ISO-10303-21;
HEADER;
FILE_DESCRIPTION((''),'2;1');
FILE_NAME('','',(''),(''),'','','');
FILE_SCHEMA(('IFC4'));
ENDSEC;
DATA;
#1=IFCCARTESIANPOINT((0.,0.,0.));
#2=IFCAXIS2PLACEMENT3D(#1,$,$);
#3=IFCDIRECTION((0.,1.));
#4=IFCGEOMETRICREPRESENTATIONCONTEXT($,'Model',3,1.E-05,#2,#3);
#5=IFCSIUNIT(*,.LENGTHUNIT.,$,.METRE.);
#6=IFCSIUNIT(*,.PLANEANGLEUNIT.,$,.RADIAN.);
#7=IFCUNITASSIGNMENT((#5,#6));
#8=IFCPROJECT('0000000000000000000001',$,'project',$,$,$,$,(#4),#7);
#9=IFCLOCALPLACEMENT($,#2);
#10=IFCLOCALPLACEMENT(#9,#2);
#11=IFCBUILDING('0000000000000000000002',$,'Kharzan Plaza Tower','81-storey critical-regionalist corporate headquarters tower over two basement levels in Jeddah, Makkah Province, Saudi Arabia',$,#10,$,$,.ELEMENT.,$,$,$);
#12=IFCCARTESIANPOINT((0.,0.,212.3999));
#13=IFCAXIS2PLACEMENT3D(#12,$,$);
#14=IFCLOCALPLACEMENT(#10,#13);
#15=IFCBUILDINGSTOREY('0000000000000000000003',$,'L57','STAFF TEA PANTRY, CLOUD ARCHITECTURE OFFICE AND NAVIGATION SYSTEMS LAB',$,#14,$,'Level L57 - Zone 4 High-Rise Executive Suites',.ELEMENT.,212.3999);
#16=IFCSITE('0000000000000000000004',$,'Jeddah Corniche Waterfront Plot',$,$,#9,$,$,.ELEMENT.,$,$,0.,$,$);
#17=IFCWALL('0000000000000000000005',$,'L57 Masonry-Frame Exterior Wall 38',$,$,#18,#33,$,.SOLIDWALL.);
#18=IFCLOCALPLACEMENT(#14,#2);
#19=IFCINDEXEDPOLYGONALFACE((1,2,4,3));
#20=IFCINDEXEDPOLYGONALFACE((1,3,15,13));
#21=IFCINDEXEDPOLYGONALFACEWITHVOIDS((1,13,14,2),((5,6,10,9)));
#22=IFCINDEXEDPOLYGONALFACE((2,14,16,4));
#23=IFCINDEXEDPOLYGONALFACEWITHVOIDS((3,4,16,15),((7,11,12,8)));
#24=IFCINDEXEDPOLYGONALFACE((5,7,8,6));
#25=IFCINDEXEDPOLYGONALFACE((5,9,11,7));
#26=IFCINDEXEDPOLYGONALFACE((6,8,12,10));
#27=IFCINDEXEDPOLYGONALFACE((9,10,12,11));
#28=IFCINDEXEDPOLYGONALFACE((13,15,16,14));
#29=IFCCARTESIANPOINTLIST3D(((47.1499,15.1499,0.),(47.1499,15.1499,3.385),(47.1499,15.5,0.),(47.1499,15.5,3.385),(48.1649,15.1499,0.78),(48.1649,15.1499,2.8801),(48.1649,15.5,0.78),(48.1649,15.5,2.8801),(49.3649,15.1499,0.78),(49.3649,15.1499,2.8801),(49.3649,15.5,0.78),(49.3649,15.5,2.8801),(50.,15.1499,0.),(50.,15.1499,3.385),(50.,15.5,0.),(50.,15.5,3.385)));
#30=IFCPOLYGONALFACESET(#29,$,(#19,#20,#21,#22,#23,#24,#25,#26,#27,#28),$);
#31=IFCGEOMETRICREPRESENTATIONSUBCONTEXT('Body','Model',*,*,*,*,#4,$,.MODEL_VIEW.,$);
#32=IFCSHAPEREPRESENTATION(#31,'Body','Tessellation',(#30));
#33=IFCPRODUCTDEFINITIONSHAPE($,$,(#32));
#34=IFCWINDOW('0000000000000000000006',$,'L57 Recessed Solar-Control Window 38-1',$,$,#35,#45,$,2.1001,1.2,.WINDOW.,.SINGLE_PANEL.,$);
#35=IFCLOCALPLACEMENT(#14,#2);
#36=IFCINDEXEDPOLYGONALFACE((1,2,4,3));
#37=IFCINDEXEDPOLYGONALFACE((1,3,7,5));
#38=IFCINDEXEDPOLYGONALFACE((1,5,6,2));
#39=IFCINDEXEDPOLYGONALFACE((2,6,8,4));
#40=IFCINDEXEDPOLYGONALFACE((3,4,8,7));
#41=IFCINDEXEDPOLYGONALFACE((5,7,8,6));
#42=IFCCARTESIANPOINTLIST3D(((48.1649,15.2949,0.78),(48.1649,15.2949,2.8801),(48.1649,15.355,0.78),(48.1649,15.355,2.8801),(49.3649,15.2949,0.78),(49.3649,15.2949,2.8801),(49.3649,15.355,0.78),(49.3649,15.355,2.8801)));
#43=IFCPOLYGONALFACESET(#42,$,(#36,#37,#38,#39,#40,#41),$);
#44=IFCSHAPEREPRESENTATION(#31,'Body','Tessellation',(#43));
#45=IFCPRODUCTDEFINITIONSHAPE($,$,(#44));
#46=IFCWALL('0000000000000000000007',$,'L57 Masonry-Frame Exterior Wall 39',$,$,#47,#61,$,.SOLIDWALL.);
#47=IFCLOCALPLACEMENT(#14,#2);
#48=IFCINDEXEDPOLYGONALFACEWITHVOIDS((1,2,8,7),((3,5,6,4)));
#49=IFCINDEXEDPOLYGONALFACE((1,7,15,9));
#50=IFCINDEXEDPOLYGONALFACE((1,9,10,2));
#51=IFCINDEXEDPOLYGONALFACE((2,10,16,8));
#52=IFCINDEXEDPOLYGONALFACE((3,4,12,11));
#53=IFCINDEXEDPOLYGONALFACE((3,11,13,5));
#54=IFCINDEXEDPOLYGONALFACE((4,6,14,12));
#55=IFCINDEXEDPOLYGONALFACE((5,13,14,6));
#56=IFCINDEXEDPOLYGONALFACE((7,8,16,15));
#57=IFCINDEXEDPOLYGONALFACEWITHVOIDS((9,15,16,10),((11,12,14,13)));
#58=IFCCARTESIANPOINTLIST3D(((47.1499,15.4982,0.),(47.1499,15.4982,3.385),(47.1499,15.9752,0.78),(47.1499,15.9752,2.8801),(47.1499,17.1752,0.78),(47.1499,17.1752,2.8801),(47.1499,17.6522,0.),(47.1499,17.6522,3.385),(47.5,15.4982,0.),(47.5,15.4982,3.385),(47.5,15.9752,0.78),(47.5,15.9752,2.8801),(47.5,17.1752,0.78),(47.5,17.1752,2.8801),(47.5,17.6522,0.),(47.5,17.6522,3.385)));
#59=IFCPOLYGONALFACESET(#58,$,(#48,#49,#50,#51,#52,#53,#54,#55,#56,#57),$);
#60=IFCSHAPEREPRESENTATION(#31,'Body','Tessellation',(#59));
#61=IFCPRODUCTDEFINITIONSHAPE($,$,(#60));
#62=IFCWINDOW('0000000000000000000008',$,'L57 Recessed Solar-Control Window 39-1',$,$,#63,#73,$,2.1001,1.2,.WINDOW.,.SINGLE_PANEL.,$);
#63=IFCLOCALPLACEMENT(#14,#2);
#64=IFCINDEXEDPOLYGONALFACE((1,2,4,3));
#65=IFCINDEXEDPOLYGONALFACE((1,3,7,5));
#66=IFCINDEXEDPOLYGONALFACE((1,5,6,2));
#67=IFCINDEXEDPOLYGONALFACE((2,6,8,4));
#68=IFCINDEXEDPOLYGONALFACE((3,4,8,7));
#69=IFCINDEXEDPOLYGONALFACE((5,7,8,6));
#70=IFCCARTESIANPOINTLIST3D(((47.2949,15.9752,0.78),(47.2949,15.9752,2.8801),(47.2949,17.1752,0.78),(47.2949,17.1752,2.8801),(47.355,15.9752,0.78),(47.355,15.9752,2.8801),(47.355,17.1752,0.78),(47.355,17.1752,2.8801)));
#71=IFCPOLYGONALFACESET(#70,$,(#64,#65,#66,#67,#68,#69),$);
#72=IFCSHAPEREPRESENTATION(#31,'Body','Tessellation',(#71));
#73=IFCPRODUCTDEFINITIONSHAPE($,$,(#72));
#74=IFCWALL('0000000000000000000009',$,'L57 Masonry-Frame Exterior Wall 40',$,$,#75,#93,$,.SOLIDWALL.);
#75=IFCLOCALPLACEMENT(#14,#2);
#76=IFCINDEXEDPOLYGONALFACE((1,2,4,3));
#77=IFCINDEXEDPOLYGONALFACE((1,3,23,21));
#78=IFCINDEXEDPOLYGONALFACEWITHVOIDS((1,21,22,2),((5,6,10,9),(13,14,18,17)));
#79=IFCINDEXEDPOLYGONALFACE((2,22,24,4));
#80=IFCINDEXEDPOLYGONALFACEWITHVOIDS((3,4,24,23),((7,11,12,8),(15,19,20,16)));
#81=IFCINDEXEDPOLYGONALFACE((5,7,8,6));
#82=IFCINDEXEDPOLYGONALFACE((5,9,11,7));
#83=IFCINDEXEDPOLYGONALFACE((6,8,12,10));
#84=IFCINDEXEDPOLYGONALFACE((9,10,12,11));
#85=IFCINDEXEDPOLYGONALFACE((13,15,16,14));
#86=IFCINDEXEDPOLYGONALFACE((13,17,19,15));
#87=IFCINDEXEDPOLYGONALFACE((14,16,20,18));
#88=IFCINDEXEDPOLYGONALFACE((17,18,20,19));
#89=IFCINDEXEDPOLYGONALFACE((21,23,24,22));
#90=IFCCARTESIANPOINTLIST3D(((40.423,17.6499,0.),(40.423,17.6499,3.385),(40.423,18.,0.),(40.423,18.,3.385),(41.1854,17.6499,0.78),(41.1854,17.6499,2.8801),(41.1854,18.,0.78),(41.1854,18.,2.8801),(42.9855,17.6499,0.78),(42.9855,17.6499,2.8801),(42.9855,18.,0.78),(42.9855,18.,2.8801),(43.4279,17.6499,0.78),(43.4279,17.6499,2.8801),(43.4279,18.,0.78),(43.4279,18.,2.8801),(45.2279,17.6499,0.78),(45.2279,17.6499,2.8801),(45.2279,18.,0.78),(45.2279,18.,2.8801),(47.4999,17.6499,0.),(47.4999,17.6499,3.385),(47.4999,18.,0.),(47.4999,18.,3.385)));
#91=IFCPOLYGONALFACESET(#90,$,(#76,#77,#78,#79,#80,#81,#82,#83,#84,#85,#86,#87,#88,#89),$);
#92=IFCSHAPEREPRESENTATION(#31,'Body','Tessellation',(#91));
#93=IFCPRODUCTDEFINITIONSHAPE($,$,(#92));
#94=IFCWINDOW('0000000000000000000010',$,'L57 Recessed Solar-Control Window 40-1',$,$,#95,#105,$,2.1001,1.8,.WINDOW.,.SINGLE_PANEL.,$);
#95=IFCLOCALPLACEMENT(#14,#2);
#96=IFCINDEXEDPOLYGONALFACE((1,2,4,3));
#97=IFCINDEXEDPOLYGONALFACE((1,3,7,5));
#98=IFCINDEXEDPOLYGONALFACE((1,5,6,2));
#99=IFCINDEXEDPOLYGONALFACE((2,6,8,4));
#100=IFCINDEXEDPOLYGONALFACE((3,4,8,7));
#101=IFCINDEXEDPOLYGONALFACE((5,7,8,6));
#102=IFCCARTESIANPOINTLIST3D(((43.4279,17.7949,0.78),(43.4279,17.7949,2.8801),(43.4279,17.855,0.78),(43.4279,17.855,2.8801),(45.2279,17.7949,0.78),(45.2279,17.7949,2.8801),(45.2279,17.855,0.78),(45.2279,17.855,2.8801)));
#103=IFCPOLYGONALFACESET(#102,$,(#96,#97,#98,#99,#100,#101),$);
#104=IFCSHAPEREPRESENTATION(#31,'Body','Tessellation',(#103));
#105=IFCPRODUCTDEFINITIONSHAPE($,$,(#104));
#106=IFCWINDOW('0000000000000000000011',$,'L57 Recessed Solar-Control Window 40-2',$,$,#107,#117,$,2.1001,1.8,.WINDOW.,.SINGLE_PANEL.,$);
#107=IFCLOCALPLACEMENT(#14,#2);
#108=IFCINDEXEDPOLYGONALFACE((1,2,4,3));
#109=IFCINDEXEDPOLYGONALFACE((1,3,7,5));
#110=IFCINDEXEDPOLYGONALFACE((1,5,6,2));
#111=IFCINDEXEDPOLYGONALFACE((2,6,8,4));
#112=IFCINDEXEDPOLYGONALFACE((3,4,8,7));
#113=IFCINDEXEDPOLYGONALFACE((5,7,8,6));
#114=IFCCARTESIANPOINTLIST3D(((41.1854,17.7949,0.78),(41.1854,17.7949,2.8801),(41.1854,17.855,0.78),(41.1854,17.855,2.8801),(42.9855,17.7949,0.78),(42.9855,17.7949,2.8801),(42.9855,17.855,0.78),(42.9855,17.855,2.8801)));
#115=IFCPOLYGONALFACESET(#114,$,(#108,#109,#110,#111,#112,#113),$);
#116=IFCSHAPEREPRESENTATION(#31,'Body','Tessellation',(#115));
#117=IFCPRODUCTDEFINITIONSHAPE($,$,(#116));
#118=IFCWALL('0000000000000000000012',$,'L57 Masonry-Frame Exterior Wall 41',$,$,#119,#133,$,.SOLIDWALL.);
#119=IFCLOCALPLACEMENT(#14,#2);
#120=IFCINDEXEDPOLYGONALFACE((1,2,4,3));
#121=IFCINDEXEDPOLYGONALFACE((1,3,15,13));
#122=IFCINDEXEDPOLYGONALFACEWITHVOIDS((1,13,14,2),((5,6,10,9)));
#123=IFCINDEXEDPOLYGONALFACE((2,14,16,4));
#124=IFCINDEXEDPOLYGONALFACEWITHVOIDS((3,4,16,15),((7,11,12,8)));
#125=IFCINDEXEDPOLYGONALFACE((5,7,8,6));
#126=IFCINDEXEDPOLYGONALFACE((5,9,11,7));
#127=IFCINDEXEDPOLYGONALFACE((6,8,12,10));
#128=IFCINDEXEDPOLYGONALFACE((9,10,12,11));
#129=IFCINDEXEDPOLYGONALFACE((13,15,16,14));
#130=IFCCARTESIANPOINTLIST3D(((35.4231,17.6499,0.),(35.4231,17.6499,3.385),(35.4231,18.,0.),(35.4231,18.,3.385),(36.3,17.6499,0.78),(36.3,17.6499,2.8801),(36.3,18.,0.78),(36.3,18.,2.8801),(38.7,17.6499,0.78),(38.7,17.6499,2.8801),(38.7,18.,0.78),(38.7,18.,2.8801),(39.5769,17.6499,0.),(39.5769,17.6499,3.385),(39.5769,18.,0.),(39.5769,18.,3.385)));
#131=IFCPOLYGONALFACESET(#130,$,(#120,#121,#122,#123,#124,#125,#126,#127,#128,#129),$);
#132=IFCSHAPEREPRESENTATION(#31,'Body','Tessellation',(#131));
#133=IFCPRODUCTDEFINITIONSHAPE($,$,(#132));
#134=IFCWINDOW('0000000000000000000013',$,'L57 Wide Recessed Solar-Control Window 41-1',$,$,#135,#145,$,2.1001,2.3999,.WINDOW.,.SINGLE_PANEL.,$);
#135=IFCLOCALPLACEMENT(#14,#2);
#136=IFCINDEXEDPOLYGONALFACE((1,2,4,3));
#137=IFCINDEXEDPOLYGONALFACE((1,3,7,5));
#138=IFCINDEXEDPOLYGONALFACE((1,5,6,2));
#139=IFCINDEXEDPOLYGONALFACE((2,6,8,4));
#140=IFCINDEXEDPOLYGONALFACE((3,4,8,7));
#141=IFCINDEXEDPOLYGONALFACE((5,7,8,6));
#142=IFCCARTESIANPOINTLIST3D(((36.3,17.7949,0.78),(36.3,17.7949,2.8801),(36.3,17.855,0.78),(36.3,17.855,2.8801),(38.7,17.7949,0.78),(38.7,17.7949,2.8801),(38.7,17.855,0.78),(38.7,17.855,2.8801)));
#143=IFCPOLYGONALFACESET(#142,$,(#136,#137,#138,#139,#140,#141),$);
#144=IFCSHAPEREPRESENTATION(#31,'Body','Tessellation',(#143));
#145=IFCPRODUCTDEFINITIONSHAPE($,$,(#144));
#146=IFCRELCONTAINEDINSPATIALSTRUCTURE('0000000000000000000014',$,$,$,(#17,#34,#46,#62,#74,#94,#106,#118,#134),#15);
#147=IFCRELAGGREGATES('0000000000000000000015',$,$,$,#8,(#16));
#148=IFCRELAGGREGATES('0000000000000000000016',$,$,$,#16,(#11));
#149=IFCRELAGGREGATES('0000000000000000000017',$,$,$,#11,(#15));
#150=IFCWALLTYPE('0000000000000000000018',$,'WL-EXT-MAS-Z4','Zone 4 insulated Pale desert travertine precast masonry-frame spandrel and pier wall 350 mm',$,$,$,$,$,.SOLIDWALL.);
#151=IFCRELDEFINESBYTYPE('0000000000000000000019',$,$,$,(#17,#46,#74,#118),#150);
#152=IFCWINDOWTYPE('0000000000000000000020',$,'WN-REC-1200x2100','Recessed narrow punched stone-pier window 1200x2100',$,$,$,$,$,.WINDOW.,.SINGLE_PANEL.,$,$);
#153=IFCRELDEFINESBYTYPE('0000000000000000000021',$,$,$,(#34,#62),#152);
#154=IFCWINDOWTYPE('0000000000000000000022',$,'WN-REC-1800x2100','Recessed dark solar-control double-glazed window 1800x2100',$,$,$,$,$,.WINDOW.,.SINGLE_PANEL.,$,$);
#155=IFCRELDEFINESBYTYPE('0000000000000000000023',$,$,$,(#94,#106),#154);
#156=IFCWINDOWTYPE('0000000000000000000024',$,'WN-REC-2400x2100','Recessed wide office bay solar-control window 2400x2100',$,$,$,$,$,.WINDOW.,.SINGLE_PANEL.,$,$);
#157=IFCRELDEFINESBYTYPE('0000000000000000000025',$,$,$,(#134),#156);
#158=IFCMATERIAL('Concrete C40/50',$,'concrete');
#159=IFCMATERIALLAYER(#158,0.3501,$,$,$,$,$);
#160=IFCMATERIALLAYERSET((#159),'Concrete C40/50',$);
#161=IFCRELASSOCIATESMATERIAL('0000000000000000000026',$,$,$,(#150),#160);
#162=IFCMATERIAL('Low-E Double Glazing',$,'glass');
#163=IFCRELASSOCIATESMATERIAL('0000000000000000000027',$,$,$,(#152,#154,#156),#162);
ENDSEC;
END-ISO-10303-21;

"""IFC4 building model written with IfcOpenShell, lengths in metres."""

from ifc_helpers import new_model, si_unit, direction, frame, frame_2d, origin, place, context, subcontext, project, spatial, rectangle, extrude, source, transform, mapped, material, layer, layer_set, type_object, element, fill, save


model = new_model("IFC4")

# Units and contexts
model_context = context("Model", 3, precision=1e-05, world=origin(), true_north=direction((0.0, 1.0)))
body_context = subcontext(model_context, "Body", "Model", "MODEL_VIEW")
ifc_project = project(units=[si_unit("LENGTHUNIT", "METRE"), si_unit("PLANEANGLEUNIT", "RADIAN")], contexts=[model_context])

# Site, building, storey
site_placement = place(None, origin())
site = spatial("IfcSite", under=ifc_project, at=site_placement, Name="Jeddah Corniche Waterfront Plot", CompositionType="ELEMENT", RefElevation=0.0)
building_placement = place(site_placement, origin())
building = spatial("IfcBuilding", under=site, at=building_placement, Name="Kharzan Plaza Tower", Description="81-storey critical-regionalist corporate headquarters tower over two basement levels in Jeddah, Makkah Province, Saudi Arabia", CompositionType="ELEMENT")
storey_placement = place(building_placement, frame((0.0, 0.0, 212.3999)))
storey = spatial("IfcBuildingStorey", under=building, at=storey_placement, Name="L57", Description="STAFF TEA PANTRY, CLOUD ARCHITECTURE OFFICE AND NAVIGATION SYSTEMS LAB", LongName="Level L57 - Zone 4 High-Rise Executive Suites", CompositionType="ELEMENT", Elevation=212.3999)

# Walls, openings, windows
ifc_material_1 = material(Name="Concrete C40/50", Category="concrete")
ifc_layer_1 = layer(ifc_material_1, 0.3501)
ifc_layer_set_1 = layer_set([ifc_layer_1], Name="Concrete C40/50")
wall_type_1 = type_object("IfcWallType", Name="WL-EXT-MAS-Z4", Description="Zone 4 insulated Pale desert travertine precast masonry-frame spandrel and pier wall 350 mm", PredefinedType="SOLIDWALL", material=ifc_layer_set_1)
wall_1_placement = place(storey_placement, frame((50.0, 15.325, 0.0), z_axis=(0.0, 0.0, 1.0), x_axis=(-1.0, 0.0, 0.0)))
wall_1 = element("IfcWall", 1, at=wall_1_placement, inside=storey, type_object=wall_type_1, Name="L57 Masonry-Frame Exterior Wall 38", PredefinedType="SOLIDWALL", context=body_context, shape_type="SweptSolid", body=[
    extrude(rectangle(XDim=2.8501, YDim=0.3501, at=frame_2d((1.425, 0.0))), origin(), (0.0, 0.0, 1.0), 3.385),
])
opening_1_placement = place(wall_1_placement, frame((0.635, 0.0, 0.78)))
opening_1 = element("IfcOpeningElement", 2, at=opening_1_placement, cuts=wall_1, PredefinedType="OPENING", context=body_context, shape_type="SweptSolid", body=[
    extrude(rectangle(XDim=1.2, YDim=2.1001, at=frame_2d((0.6001, 1.05))), frame((0.0, 0.1851, 0.0), z_axis=(0.0, -1.0, 0.0), x_axis=(1.0, 0.0, 0.0)), (0.0, 0.0, 1.0), 0.3701),
])
ifc_material_2 = material(Name="Low-E Double Glazing", Category="glass")
window_type_1 = type_object("IfcWindowType", Name="WN-REC-1200x2100", Description="Recessed narrow punched stone-pier window 1200x2100", PartitioningType="SINGLE_PANEL", PredefinedType="WINDOW", material=ifc_material_2)
shared_shape_1 = source(origin(), body_context, "Body", "SweptSolid", [
    extrude(rectangle(XDim=1.2, YDim=2.1001, at=frame_2d((0.6001, 1.05))), frame((0.0, 0.03, 0.0), z_axis=(0.0, -1.0, 0.0), x_axis=(1.0, 0.0, 0.0)), (0.0, 0.0, 1.0), 0.0601),
])
window_1_placement = place(opening_1_placement, origin())
window_1 = element("IfcWindow", 3, at=window_1_placement, inside=storey, type_object=window_type_1, Name="L57 Recessed Solar-Control Window 38-1", OverallHeight=2.1001, OverallWidth=1.2, PartitioningType="SINGLE_PANEL", PredefinedType="WINDOW", context=body_context, shape_type="MappedRepresentation", body=[
    mapped(shared_shape_1, transform((0.0, 0.0, 0.0), x_axis=(1.0, 0.0, 0.0), y_axis=(0.0, 1.0, 0.0), z_axis=(0.0, 0.0, 1.0))),
])
fill(opening_1, window_1)
wall_2_placement = place(storey_placement, frame((47.325, 15.498, 0.0), z_axis=(0.0, 0.0, 1.0), x_axis=(0.0, 1.0, 0.0)))
wall_2 = element("IfcWall", 4, at=wall_2_placement, inside=storey, type_object=wall_type_1, Name="L57 Masonry-Frame Exterior Wall 39", PredefinedType="SOLIDWALL", context=body_context, shape_type="SweptSolid", body=[
    extrude(rectangle(XDim=2.1541, YDim=0.3501, at=frame_2d((1.0771, 0.0))), origin(), (0.0, 0.0, 1.0), 3.385),
])
opening_2_placement = place(wall_2_placement, frame((0.4771, 0.0, 0.78)))
opening_2 = element("IfcOpeningElement", 5, at=opening_2_placement, cuts=wall_2, PredefinedType="OPENING", context=body_context, shape_type="SweptSolid", body=[
    extrude(rectangle(XDim=1.2, YDim=2.1001, at=frame_2d((0.6001, 1.05))), frame((0.0, 0.1851, 0.0), z_axis=(0.0, -1.0, 0.0), x_axis=(1.0, 0.0, 0.0)), (0.0, 0.0, 1.0), 0.3701),
])
window_2_placement = place(opening_2_placement, origin())
window_2 = element("IfcWindow", 6, at=window_2_placement, inside=storey, type_object=window_type_1, Name="L57 Recessed Solar-Control Window 39-1", OverallHeight=2.1001, OverallWidth=1.2, PartitioningType="SINGLE_PANEL", PredefinedType="WINDOW", context=body_context, shape_type="MappedRepresentation", body=[
    mapped(shared_shape_1, transform((0.0, 0.0, 0.0), x_axis=(1.0, 0.0, 0.0), y_axis=(0.0, 1.0, 0.0), z_axis=(0.0, 0.0, 1.0))),
])
fill(opening_2, window_2)

# Wall, openings, windows
wall_3_placement = place(storey_placement, frame((47.5, 17.825, 0.0), z_axis=(0.0, 0.0, 1.0), x_axis=(-1.0, 0.0, 0.0)))
wall_3 = element("IfcWall", 7, at=wall_3_placement, inside=storey, type_object=wall_type_1, Name="L57 Masonry-Frame Exterior Wall 40", PredefinedType="SOLIDWALL", context=body_context, shape_type="SweptSolid", body=[
    extrude(rectangle(XDim=7.0769, YDim=0.3501, at=frame_2d((3.5386, 0.0))), origin(), (0.0, 0.0, 1.0), 3.385),
])
opening_3_placement = place(wall_3_placement, frame((2.2722, 0.0, 0.78)))
opening_3 = element("IfcOpeningElement", 8, at=opening_3_placement, cuts=wall_3, PredefinedType="OPENING", context=body_context, shape_type="SweptSolid", body=[
    extrude(rectangle(XDim=1.8, YDim=2.1001, at=frame_2d((0.8999, 1.05))), frame((0.0, 0.1851, 0.0), z_axis=(0.0, -1.0, 0.0), x_axis=(1.0, 0.0, 0.0)), (0.0, 0.0, 1.0), 0.3701),
])
opening_4_placement = place(wall_3_placement, frame((4.5146, 0.0, 0.78)))
opening_4 = element("IfcOpeningElement", 9, at=opening_4_placement, cuts=wall_3, PredefinedType="OPENING", context=body_context, shape_type="SweptSolid", body=[
    extrude(rectangle(XDim=1.8, YDim=2.1001, at=frame_2d((0.8999, 1.05))), frame((0.0, 0.1851, 0.0), z_axis=(0.0, -1.0, 0.0), x_axis=(1.0, 0.0, 0.0)), (0.0, 0.0, 1.0), 0.3701),
])
window_type_2 = type_object("IfcWindowType", Name="WN-REC-1800x2100", Description="Recessed dark solar-control double-glazed window 1800x2100", PartitioningType="SINGLE_PANEL", PredefinedType="WINDOW", material=ifc_material_2)
shared_shape_2 = source(origin(), body_context, "Body", "SweptSolid", [
    extrude(rectangle(XDim=1.8, YDim=2.1001, at=frame_2d((0.8999, 1.05))), frame((0.0, 0.03, 0.0), z_axis=(0.0, -1.0, 0.0), x_axis=(1.0, 0.0, 0.0)), (0.0, 0.0, 1.0), 0.0601),
])
window_3_placement = place(opening_3_placement, origin())
window_3 = element("IfcWindow", 10, at=window_3_placement, inside=storey, type_object=window_type_2, Name="L57 Recessed Solar-Control Window 40-1", OverallHeight=2.1001, OverallWidth=1.8, PartitioningType="SINGLE_PANEL", PredefinedType="WINDOW", context=body_context, shape_type="MappedRepresentation", body=[
    mapped(shared_shape_2, transform((0.0, 0.0, 0.0), x_axis=(1.0, 0.0, 0.0), y_axis=(0.0, 1.0, 0.0), z_axis=(0.0, 0.0, 1.0))),
])
fill(opening_3, window_3)
window_4_placement = place(opening_4_placement, origin())
window_4 = element("IfcWindow", 11, at=window_4_placement, inside=storey, type_object=window_type_2, Name="L57 Recessed Solar-Control Window 40-2", OverallHeight=2.1001, OverallWidth=1.8, PartitioningType="SINGLE_PANEL", PredefinedType="WINDOW", context=body_context, shape_type="MappedRepresentation", body=[
    mapped(shared_shape_2, transform((0.0, 0.0, 0.0), x_axis=(1.0, 0.0, 0.0), y_axis=(0.0, 1.0, 0.0), z_axis=(0.0, 0.0, 1.0))),
])
fill(opening_4, window_4)

# Wall, opening, window
wall_4_placement = place(storey_placement, frame((39.5769, 17.825, 0.0), z_axis=(0.0, 0.0, 1.0), x_axis=(-1.0, 0.0, 0.0)))
wall_4 = element("IfcWall", 12, at=wall_4_placement, inside=storey, type_object=wall_type_1, Name="L57 Masonry-Frame Exterior Wall 41", PredefinedType="SOLIDWALL", context=body_context, shape_type="SweptSolid", body=[
    extrude(rectangle(XDim=4.1538, YDim=0.3501, at=frame_2d((2.0769, 0.0))), origin(), (0.0, 0.0, 1.0), 3.385),
])
opening_5_placement = place(wall_4_placement, frame((0.877, 0.0, 0.78)))
opening_5 = element("IfcOpeningElement", 13, at=opening_5_placement, cuts=wall_4, PredefinedType="OPENING", context=body_context, shape_type="SweptSolid", body=[
    extrude(rectangle(XDim=2.3999, YDim=2.1001, at=frame_2d((1.2, 1.05))), frame((0.0, 0.1851, 0.0), z_axis=(0.0, -1.0, 0.0), x_axis=(1.0, 0.0, 0.0)), (0.0, 0.0, 1.0), 0.3701),
])
window_type_3 = type_object("IfcWindowType", Name="WN-REC-2400x2100", Description="Recessed wide office bay solar-control window 2400x2100", PartitioningType="SINGLE_PANEL", PredefinedType="WINDOW", material=ifc_material_2)
shared_shape_3 = source(origin(), body_context, "Body", "SweptSolid", [
    extrude(rectangle(XDim=2.3999, YDim=2.1001, at=frame_2d((1.2, 1.05))), frame((0.0, 0.03, 0.0), z_axis=(0.0, -1.0, 0.0), x_axis=(1.0, 0.0, 0.0)), (0.0, 0.0, 1.0), 0.0601),
])
window_5_placement = place(opening_5_placement, origin())
window_5 = element("IfcWindow", 14, at=window_5_placement, inside=storey, type_object=window_type_3, Name="L57 Wide Recessed Solar-Control Window 41-1", OverallHeight=2.1001, OverallWidth=2.3999, PartitioningType="SINGLE_PANEL", PredefinedType="WINDOW", context=body_context, shape_type="MappedRepresentation", body=[
    mapped(shared_shape_3, transform((0.0, 0.0, 0.0), x_axis=(1.0, 0.0, 0.0), y_axis=(0.0, 1.0, 0.0), z_axis=(0.0, 0.0, 1.0))),
])
fill(opening_5, window_5)

save(model, "model.ifc")
